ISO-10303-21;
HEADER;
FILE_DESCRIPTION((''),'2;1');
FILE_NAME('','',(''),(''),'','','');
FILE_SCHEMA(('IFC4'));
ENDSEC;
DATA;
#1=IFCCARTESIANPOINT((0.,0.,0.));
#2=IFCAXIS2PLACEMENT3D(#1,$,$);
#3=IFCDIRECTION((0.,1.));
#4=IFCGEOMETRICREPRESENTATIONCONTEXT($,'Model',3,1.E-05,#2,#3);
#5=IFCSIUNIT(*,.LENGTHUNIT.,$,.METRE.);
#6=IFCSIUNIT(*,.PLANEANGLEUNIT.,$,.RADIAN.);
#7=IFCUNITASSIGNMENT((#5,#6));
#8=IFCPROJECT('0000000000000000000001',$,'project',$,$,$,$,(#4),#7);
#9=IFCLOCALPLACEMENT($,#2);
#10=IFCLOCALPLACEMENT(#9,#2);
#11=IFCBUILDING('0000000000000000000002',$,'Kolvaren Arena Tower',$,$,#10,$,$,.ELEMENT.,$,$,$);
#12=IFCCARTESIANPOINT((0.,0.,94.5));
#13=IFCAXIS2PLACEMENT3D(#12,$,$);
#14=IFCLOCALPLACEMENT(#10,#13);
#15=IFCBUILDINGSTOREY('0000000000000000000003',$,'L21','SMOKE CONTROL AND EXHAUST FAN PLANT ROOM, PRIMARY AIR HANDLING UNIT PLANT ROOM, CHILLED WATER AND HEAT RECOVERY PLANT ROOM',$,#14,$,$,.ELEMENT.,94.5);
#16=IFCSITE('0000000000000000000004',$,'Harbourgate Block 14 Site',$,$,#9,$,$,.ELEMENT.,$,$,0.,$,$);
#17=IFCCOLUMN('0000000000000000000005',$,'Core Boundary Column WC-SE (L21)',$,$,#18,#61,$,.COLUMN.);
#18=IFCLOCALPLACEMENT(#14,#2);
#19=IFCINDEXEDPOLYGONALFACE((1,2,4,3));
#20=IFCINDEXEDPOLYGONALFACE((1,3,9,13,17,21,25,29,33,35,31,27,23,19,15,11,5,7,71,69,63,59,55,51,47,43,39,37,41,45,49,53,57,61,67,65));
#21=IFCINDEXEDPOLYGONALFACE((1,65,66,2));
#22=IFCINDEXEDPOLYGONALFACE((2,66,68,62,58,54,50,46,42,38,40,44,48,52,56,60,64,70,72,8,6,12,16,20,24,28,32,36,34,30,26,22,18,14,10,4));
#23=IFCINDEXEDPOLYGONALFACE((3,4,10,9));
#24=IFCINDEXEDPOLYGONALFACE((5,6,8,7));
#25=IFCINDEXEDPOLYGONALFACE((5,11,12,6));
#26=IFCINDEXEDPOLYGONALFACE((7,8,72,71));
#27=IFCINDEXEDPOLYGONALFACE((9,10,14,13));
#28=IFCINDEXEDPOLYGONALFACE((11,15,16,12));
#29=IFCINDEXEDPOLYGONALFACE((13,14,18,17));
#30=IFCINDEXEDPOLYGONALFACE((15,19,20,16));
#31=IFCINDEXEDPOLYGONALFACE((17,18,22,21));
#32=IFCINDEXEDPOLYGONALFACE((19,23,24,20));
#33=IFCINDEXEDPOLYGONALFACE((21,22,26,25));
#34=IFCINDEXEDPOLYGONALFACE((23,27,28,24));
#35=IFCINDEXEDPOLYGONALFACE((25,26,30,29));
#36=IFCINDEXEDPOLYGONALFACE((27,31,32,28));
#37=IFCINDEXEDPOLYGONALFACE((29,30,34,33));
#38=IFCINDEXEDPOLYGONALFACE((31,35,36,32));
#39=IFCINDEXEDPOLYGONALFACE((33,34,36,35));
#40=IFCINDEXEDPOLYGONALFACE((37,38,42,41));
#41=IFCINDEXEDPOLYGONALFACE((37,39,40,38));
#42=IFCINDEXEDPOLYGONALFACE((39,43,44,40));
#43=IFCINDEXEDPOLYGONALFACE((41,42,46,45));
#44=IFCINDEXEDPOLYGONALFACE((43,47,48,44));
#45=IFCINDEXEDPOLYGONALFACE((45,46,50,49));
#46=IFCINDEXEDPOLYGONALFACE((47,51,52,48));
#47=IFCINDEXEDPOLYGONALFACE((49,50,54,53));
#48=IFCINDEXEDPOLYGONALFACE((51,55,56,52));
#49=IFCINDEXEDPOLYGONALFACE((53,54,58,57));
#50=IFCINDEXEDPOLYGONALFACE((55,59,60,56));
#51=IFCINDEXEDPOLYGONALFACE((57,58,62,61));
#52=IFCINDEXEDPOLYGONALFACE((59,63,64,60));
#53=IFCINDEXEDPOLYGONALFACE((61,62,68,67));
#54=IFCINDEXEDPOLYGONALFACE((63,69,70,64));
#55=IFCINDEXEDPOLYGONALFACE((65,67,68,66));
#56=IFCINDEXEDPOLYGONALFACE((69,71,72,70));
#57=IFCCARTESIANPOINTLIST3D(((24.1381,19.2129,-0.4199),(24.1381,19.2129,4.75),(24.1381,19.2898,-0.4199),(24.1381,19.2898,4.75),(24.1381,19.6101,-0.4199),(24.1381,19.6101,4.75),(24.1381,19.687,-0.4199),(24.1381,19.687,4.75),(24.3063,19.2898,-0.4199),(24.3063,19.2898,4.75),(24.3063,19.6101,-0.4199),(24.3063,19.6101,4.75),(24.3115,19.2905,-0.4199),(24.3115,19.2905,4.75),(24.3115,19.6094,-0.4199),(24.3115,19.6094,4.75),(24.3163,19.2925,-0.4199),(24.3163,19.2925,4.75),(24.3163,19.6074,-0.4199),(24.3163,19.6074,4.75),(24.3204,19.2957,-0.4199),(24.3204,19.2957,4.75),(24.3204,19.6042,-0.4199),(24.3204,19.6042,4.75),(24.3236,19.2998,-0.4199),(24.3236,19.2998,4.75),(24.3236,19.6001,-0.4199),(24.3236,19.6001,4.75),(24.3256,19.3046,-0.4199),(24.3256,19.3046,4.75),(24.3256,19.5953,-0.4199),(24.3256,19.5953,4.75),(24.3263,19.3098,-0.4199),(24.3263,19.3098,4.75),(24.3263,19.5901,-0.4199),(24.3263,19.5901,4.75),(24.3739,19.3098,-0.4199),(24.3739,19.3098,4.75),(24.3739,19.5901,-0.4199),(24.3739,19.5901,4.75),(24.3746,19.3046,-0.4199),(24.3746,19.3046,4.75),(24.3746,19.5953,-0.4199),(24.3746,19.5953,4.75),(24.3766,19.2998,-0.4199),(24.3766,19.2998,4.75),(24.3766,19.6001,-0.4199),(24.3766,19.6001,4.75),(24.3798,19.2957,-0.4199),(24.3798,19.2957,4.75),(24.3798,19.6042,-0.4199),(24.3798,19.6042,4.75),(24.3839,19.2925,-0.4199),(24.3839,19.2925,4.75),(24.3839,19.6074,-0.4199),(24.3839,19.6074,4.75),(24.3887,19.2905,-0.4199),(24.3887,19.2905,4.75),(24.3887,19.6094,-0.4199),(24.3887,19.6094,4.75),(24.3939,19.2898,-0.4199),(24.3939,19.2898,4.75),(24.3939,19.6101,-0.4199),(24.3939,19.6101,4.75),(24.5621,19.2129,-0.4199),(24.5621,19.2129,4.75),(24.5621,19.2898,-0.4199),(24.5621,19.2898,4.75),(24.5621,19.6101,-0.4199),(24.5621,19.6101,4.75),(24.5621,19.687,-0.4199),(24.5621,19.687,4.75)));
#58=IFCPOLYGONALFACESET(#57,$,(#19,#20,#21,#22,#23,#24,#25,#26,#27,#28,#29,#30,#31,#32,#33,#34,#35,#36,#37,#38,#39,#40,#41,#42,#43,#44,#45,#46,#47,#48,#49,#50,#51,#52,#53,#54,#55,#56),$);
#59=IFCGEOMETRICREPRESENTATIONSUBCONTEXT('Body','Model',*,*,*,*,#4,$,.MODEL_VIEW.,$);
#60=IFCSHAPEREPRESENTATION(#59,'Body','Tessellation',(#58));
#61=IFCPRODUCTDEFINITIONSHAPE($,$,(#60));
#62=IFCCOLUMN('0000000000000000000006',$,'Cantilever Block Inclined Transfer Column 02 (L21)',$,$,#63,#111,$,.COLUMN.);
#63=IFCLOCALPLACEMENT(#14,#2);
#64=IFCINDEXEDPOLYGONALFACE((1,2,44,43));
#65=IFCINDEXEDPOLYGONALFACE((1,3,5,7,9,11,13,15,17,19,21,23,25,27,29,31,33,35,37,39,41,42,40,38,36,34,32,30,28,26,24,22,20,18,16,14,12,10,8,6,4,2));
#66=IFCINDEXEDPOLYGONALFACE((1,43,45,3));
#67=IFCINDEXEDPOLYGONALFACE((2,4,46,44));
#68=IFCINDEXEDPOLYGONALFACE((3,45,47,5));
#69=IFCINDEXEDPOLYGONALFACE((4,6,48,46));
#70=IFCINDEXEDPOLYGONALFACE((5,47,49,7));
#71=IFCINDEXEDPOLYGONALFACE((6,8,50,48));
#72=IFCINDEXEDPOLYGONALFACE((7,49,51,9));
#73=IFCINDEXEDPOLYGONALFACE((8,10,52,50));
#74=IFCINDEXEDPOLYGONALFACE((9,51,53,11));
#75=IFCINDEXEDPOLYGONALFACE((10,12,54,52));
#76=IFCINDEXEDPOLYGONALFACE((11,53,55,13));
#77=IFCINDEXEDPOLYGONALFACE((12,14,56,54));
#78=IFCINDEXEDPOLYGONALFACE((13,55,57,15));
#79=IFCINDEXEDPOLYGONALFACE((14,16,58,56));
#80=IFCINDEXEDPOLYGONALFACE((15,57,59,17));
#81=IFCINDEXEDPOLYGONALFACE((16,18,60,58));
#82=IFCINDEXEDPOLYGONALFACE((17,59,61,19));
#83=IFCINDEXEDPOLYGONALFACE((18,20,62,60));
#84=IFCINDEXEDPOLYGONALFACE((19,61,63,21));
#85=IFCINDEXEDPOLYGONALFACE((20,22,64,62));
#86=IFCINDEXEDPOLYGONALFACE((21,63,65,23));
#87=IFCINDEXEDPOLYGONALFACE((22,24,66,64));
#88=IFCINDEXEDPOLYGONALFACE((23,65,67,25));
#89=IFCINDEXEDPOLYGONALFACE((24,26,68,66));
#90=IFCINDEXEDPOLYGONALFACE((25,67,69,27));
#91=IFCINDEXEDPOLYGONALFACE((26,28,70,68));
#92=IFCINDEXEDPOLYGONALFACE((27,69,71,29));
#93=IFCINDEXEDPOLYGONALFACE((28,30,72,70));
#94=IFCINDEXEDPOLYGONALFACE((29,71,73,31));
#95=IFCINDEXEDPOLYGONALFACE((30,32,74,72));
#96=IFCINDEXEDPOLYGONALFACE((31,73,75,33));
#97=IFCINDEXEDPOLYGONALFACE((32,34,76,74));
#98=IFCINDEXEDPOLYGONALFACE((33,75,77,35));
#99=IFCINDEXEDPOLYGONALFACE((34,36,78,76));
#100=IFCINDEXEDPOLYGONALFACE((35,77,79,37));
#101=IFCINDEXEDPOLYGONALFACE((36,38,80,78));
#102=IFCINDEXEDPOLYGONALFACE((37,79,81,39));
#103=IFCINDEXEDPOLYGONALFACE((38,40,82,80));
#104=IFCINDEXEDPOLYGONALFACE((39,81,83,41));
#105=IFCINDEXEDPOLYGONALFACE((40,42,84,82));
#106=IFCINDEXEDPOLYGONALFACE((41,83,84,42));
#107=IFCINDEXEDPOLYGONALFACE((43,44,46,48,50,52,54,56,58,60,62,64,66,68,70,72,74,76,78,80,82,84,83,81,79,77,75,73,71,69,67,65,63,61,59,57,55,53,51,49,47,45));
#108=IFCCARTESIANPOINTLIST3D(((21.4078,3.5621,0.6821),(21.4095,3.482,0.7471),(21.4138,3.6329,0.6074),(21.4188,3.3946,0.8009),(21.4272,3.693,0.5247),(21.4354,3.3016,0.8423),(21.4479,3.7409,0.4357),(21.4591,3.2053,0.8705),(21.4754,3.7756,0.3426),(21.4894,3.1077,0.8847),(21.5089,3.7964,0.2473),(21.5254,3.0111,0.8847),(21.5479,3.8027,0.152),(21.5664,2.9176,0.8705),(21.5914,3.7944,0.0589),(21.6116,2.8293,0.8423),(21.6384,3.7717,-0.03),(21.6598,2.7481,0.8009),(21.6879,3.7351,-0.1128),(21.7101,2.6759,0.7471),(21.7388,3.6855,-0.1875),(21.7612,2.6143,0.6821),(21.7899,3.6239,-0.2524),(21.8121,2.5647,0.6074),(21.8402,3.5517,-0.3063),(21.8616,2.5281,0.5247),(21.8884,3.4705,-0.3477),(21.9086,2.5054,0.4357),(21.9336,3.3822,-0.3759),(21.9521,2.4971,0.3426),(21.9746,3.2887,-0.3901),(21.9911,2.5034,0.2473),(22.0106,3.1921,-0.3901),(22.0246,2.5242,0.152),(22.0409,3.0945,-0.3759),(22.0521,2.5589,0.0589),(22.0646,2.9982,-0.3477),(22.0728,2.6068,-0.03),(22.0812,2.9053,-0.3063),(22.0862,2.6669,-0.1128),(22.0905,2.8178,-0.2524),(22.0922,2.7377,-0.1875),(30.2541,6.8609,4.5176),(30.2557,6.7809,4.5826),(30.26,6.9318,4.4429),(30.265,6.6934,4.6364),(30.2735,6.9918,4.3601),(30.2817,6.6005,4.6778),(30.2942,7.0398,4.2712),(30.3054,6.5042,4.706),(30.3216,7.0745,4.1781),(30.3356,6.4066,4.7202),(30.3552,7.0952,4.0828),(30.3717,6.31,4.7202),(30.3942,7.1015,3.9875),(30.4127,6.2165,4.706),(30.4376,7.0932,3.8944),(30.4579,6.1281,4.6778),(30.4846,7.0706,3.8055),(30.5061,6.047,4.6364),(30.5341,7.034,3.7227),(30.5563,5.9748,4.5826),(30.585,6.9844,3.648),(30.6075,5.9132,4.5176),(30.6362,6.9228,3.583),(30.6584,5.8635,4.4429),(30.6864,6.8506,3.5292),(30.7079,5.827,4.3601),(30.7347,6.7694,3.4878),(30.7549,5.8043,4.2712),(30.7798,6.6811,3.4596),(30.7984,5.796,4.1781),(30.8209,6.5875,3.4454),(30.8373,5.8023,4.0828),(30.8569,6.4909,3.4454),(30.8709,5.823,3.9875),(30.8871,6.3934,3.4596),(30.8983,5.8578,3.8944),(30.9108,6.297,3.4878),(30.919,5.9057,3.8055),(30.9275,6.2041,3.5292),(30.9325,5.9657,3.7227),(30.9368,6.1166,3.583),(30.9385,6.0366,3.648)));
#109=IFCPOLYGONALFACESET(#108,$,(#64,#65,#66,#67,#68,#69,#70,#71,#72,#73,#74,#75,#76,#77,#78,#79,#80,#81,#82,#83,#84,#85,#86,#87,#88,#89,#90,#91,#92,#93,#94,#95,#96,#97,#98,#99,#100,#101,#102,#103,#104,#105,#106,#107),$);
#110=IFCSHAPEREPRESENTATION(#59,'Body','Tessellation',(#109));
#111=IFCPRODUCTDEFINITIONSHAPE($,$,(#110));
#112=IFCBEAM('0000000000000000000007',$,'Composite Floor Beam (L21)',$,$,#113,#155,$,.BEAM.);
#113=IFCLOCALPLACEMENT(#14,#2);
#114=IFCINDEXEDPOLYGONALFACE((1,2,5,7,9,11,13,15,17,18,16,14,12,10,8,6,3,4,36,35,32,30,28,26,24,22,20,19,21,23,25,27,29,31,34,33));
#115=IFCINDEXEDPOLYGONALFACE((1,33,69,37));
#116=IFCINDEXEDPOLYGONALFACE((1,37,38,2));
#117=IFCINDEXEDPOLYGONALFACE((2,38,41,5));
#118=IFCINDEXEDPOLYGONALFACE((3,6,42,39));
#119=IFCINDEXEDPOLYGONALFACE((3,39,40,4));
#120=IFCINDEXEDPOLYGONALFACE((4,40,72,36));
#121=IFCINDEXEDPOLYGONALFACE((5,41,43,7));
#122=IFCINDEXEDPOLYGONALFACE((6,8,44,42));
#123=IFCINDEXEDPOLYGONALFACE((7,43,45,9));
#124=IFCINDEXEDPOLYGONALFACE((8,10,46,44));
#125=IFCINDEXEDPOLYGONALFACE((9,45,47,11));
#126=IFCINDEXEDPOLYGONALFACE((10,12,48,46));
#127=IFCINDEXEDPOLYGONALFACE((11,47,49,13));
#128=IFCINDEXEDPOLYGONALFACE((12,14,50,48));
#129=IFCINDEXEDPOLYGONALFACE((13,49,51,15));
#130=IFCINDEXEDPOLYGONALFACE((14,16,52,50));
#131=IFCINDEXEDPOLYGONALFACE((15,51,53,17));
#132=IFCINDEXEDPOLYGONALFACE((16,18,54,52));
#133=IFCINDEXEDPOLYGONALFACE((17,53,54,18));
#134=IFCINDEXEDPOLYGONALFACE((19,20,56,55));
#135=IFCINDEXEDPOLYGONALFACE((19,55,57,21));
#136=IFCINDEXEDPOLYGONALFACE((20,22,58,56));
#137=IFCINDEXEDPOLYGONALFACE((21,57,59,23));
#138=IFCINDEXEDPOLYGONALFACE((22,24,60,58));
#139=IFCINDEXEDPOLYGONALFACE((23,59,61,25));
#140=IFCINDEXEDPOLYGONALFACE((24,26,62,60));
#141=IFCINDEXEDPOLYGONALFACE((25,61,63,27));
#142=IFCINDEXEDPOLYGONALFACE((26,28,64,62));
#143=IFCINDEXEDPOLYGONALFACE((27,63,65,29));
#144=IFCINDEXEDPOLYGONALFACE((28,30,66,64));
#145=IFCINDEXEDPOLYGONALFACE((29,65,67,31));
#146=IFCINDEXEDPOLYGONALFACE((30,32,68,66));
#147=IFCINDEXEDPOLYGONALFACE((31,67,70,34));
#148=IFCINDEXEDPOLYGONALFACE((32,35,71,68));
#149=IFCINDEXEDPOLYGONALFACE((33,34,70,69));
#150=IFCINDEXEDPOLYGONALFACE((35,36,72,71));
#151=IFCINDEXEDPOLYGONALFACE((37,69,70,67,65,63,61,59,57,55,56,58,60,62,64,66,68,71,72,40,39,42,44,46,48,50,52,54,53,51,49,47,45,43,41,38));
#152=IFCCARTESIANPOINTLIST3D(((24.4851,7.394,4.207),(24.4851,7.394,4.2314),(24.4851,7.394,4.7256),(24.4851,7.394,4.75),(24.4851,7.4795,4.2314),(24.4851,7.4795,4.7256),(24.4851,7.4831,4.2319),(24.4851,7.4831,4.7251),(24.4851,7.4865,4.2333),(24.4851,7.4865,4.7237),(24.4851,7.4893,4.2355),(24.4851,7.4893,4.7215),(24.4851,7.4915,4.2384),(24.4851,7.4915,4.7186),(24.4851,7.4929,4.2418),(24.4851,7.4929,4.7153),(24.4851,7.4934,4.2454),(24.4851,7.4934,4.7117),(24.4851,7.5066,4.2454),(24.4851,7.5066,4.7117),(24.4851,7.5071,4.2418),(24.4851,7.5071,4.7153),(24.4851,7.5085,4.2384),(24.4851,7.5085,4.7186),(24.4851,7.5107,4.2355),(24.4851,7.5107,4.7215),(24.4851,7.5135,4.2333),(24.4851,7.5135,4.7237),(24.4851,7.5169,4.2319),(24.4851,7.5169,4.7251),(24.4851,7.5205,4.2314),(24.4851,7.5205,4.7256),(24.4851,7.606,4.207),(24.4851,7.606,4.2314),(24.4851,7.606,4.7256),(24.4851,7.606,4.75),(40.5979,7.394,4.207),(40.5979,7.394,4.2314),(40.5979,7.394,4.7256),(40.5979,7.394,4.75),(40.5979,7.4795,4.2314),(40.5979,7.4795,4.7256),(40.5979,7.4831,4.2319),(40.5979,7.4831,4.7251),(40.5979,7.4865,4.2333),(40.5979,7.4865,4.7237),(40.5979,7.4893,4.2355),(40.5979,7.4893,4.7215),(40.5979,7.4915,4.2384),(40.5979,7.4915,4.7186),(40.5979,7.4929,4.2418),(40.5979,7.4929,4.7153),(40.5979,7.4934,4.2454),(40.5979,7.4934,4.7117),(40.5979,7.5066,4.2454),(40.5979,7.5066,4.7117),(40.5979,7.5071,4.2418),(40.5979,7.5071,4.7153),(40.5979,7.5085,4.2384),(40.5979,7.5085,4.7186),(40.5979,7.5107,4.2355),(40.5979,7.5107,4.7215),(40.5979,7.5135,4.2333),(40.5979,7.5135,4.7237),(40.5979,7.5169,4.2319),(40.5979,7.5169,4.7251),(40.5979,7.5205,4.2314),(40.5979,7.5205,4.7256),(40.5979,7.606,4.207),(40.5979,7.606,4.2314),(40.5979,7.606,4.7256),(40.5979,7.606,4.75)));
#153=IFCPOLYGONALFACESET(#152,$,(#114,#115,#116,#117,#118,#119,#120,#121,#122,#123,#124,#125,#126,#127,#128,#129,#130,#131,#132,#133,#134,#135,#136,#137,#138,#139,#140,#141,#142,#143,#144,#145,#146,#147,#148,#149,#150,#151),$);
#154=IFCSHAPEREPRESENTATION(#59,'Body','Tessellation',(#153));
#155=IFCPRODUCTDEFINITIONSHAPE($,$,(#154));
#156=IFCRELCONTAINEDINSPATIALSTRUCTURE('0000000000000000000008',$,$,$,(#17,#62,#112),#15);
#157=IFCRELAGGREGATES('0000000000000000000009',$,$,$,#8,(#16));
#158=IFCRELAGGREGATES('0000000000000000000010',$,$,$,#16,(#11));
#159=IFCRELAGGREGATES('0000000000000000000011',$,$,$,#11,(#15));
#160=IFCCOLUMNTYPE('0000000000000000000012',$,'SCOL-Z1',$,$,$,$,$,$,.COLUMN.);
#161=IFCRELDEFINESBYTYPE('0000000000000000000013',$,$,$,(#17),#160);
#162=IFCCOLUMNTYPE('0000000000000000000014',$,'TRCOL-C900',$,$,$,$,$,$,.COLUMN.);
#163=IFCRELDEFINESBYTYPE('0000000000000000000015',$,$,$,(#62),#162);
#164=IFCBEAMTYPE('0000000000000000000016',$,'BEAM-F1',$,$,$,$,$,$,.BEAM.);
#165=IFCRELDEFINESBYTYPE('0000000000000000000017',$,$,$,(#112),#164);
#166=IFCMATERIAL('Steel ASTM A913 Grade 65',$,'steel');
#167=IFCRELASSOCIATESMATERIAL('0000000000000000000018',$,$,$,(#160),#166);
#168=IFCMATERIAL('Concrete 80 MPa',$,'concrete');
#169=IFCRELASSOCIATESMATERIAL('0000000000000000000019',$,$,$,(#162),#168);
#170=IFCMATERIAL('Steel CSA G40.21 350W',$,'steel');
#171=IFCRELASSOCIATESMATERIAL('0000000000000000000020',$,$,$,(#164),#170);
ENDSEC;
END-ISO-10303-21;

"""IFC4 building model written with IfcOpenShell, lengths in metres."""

from ifc_helpers import new_model, si_unit, direction, frame, origin, origin_2d, place, context, subcontext, project, spatial, circle, i_section, extrude, material, material_profile, profile_set, type_object, element, save


model = new_model("IFC4")

# Units and contexts
model_context = context("Model", 3, precision=1e-05, world=origin(), true_north=direction((0.0, 1.0)))
body_context = subcontext(model_context, "Body", "Model", "MODEL_VIEW")
ifc_project = project(units=[si_unit("LENGTHUNIT", "METRE"), si_unit("PLANEANGLEUNIT", "RADIAN")], contexts=[model_context])

# Site, building, storey
site_placement = place(None, origin())
site = spatial("IfcSite", under=ifc_project, at=site_placement, Name="Harbourgate Block 14 Site", CompositionType="ELEMENT", RefElevation=0.0)
building_placement = place(site_placement, origin())
building = spatial("IfcBuilding", under=site, at=building_placement, Name="Kolvaren Arena Tower", CompositionType="ELEMENT")
storey_placement = place(building_placement, frame((0.0, 0.0, 94.5)))
storey = spatial("IfcBuildingStorey", under=building, at=storey_placement, Name="L21", Description="SMOKE CONTROL AND EXHAUST FAN PLANT ROOM, PRIMARY AIR HANDLING UNIT PLANT ROOM, CHILLED WATER AND HEAT RECOVERY PLANT ROOM", CompositionType="ELEMENT", Elevation=94.5)

# Columns
ifc_material_1 = material(Name="Steel ASTM A913 Grade 65", Category="steel")
ifc_material_profile_1 = material_profile(ifc_material_1, i_section(OverallWidth=0.4241, OverallDepth=0.4741, WebThickness=0.0476, FlangeThickness=0.0769, FilletRadius=0.02, at=origin_2d()), Name="W360x634")
ifc_profile_set_1 = profile_set([ifc_material_profile_1], Name="Steel ASTM A913 Grade 65")
column_type_1 = type_object("IfcColumnType", Name="SCOL-Z1", PredefinedType="COLUMN", material=ifc_profile_set_1)
column_1_placement = place(storey_placement, frame((24.3501, 19.45, -0.4199), z_axis=(0.0, 0.0, 1.0), x_axis=(1.0, 0.0, 0.0)))
element("IfcColumn", 1, at=column_1_placement, inside=storey, type_object=column_type_1, Name="Core Boundary Column WC-SE (L21)", PredefinedType="COLUMN", context=body_context, shape_type="SweptSolid", body=[
    extrude(i_section(OverallWidth=0.4241, OverallDepth=0.4741, WebThickness=0.0476, FlangeThickness=0.0769, FilletRadius=0.02, at=origin_2d()), origin(), (0.0, 0.0, 1.0), 5.1699),
])
ifc_material_2 = material(Name="Concrete 80 MPa", Category="concrete")
ifc_material_profile_2 = material_profile(ifc_material_2, circle(Radius=0.6899, at=origin_2d()), Name="RC-CIRC-1380")
ifc_profile_set_2 = profile_set([ifc_material_profile_2], Name="Concrete 80 MPa")
column_type_2 = type_object("IfcColumnType", Name="TRCOL-C900", PredefinedType="COLUMN", material=ifc_profile_set_2)
column_2_placement = place(storey_placement, frame((21.75, 3.1499, 0.2473), z_axis=(0.868075, 0.323713, 0.376372), x_axis=(-0.349406, 0.936972, 0.0)))
element("IfcColumn", 2, at=column_2_placement, inside=storey, type_object=column_type_2, Name="Cantilever Block Inclined Transfer Column 02 (L21)", PredefinedType="COLUMN", context=body_context, shape_type="SweptSolid", body=[
    extrude(circle(Radius=0.6899, at=origin_2d()), origin(), (0.0, 0.0, 1.0), 10.1907),
])

# Beam
ifc_material_3 = material(Name="Steel CSA G40.21 350W", Category="steel")
ifc_material_profile_3 = material_profile(ifc_material_3, i_section(OverallWidth=0.2119, OverallDepth=0.543, WebThickness=0.0132, FlangeThickness=0.0244, FilletRadius=0.0139, at=origin_2d()), Name="W530x150")
ifc_profile_set_3 = profile_set([ifc_material_profile_3], Name="Steel CSA G40.21 350W")
beam_type_1 = type_object("IfcBeamType", Name="BEAM-F1", PredefinedType="BEAM", material=ifc_profile_set_3)
beam_1_placement = place(storey_placement, frame((24.4851, 7.5, 4.4785), z_axis=(1.0, 0.0, 0.0), x_axis=(0.0, 1.0, 0.0)))
element("IfcBeam", 3, at=beam_1_placement, inside=storey, type_object=beam_type_1, Name="Composite Floor Beam (L21)", PredefinedType="BEAM", context=body_context, shape_type="SweptSolid", body=[
    extrude(i_section(OverallWidth=0.2119, OverallDepth=0.543, WebThickness=0.0132, FlangeThickness=0.0244, FilletRadius=0.0139, at=origin_2d()), origin(), (0.0, 0.0, 1.0), 16.1128),
])

save(model, "model.ifc")
